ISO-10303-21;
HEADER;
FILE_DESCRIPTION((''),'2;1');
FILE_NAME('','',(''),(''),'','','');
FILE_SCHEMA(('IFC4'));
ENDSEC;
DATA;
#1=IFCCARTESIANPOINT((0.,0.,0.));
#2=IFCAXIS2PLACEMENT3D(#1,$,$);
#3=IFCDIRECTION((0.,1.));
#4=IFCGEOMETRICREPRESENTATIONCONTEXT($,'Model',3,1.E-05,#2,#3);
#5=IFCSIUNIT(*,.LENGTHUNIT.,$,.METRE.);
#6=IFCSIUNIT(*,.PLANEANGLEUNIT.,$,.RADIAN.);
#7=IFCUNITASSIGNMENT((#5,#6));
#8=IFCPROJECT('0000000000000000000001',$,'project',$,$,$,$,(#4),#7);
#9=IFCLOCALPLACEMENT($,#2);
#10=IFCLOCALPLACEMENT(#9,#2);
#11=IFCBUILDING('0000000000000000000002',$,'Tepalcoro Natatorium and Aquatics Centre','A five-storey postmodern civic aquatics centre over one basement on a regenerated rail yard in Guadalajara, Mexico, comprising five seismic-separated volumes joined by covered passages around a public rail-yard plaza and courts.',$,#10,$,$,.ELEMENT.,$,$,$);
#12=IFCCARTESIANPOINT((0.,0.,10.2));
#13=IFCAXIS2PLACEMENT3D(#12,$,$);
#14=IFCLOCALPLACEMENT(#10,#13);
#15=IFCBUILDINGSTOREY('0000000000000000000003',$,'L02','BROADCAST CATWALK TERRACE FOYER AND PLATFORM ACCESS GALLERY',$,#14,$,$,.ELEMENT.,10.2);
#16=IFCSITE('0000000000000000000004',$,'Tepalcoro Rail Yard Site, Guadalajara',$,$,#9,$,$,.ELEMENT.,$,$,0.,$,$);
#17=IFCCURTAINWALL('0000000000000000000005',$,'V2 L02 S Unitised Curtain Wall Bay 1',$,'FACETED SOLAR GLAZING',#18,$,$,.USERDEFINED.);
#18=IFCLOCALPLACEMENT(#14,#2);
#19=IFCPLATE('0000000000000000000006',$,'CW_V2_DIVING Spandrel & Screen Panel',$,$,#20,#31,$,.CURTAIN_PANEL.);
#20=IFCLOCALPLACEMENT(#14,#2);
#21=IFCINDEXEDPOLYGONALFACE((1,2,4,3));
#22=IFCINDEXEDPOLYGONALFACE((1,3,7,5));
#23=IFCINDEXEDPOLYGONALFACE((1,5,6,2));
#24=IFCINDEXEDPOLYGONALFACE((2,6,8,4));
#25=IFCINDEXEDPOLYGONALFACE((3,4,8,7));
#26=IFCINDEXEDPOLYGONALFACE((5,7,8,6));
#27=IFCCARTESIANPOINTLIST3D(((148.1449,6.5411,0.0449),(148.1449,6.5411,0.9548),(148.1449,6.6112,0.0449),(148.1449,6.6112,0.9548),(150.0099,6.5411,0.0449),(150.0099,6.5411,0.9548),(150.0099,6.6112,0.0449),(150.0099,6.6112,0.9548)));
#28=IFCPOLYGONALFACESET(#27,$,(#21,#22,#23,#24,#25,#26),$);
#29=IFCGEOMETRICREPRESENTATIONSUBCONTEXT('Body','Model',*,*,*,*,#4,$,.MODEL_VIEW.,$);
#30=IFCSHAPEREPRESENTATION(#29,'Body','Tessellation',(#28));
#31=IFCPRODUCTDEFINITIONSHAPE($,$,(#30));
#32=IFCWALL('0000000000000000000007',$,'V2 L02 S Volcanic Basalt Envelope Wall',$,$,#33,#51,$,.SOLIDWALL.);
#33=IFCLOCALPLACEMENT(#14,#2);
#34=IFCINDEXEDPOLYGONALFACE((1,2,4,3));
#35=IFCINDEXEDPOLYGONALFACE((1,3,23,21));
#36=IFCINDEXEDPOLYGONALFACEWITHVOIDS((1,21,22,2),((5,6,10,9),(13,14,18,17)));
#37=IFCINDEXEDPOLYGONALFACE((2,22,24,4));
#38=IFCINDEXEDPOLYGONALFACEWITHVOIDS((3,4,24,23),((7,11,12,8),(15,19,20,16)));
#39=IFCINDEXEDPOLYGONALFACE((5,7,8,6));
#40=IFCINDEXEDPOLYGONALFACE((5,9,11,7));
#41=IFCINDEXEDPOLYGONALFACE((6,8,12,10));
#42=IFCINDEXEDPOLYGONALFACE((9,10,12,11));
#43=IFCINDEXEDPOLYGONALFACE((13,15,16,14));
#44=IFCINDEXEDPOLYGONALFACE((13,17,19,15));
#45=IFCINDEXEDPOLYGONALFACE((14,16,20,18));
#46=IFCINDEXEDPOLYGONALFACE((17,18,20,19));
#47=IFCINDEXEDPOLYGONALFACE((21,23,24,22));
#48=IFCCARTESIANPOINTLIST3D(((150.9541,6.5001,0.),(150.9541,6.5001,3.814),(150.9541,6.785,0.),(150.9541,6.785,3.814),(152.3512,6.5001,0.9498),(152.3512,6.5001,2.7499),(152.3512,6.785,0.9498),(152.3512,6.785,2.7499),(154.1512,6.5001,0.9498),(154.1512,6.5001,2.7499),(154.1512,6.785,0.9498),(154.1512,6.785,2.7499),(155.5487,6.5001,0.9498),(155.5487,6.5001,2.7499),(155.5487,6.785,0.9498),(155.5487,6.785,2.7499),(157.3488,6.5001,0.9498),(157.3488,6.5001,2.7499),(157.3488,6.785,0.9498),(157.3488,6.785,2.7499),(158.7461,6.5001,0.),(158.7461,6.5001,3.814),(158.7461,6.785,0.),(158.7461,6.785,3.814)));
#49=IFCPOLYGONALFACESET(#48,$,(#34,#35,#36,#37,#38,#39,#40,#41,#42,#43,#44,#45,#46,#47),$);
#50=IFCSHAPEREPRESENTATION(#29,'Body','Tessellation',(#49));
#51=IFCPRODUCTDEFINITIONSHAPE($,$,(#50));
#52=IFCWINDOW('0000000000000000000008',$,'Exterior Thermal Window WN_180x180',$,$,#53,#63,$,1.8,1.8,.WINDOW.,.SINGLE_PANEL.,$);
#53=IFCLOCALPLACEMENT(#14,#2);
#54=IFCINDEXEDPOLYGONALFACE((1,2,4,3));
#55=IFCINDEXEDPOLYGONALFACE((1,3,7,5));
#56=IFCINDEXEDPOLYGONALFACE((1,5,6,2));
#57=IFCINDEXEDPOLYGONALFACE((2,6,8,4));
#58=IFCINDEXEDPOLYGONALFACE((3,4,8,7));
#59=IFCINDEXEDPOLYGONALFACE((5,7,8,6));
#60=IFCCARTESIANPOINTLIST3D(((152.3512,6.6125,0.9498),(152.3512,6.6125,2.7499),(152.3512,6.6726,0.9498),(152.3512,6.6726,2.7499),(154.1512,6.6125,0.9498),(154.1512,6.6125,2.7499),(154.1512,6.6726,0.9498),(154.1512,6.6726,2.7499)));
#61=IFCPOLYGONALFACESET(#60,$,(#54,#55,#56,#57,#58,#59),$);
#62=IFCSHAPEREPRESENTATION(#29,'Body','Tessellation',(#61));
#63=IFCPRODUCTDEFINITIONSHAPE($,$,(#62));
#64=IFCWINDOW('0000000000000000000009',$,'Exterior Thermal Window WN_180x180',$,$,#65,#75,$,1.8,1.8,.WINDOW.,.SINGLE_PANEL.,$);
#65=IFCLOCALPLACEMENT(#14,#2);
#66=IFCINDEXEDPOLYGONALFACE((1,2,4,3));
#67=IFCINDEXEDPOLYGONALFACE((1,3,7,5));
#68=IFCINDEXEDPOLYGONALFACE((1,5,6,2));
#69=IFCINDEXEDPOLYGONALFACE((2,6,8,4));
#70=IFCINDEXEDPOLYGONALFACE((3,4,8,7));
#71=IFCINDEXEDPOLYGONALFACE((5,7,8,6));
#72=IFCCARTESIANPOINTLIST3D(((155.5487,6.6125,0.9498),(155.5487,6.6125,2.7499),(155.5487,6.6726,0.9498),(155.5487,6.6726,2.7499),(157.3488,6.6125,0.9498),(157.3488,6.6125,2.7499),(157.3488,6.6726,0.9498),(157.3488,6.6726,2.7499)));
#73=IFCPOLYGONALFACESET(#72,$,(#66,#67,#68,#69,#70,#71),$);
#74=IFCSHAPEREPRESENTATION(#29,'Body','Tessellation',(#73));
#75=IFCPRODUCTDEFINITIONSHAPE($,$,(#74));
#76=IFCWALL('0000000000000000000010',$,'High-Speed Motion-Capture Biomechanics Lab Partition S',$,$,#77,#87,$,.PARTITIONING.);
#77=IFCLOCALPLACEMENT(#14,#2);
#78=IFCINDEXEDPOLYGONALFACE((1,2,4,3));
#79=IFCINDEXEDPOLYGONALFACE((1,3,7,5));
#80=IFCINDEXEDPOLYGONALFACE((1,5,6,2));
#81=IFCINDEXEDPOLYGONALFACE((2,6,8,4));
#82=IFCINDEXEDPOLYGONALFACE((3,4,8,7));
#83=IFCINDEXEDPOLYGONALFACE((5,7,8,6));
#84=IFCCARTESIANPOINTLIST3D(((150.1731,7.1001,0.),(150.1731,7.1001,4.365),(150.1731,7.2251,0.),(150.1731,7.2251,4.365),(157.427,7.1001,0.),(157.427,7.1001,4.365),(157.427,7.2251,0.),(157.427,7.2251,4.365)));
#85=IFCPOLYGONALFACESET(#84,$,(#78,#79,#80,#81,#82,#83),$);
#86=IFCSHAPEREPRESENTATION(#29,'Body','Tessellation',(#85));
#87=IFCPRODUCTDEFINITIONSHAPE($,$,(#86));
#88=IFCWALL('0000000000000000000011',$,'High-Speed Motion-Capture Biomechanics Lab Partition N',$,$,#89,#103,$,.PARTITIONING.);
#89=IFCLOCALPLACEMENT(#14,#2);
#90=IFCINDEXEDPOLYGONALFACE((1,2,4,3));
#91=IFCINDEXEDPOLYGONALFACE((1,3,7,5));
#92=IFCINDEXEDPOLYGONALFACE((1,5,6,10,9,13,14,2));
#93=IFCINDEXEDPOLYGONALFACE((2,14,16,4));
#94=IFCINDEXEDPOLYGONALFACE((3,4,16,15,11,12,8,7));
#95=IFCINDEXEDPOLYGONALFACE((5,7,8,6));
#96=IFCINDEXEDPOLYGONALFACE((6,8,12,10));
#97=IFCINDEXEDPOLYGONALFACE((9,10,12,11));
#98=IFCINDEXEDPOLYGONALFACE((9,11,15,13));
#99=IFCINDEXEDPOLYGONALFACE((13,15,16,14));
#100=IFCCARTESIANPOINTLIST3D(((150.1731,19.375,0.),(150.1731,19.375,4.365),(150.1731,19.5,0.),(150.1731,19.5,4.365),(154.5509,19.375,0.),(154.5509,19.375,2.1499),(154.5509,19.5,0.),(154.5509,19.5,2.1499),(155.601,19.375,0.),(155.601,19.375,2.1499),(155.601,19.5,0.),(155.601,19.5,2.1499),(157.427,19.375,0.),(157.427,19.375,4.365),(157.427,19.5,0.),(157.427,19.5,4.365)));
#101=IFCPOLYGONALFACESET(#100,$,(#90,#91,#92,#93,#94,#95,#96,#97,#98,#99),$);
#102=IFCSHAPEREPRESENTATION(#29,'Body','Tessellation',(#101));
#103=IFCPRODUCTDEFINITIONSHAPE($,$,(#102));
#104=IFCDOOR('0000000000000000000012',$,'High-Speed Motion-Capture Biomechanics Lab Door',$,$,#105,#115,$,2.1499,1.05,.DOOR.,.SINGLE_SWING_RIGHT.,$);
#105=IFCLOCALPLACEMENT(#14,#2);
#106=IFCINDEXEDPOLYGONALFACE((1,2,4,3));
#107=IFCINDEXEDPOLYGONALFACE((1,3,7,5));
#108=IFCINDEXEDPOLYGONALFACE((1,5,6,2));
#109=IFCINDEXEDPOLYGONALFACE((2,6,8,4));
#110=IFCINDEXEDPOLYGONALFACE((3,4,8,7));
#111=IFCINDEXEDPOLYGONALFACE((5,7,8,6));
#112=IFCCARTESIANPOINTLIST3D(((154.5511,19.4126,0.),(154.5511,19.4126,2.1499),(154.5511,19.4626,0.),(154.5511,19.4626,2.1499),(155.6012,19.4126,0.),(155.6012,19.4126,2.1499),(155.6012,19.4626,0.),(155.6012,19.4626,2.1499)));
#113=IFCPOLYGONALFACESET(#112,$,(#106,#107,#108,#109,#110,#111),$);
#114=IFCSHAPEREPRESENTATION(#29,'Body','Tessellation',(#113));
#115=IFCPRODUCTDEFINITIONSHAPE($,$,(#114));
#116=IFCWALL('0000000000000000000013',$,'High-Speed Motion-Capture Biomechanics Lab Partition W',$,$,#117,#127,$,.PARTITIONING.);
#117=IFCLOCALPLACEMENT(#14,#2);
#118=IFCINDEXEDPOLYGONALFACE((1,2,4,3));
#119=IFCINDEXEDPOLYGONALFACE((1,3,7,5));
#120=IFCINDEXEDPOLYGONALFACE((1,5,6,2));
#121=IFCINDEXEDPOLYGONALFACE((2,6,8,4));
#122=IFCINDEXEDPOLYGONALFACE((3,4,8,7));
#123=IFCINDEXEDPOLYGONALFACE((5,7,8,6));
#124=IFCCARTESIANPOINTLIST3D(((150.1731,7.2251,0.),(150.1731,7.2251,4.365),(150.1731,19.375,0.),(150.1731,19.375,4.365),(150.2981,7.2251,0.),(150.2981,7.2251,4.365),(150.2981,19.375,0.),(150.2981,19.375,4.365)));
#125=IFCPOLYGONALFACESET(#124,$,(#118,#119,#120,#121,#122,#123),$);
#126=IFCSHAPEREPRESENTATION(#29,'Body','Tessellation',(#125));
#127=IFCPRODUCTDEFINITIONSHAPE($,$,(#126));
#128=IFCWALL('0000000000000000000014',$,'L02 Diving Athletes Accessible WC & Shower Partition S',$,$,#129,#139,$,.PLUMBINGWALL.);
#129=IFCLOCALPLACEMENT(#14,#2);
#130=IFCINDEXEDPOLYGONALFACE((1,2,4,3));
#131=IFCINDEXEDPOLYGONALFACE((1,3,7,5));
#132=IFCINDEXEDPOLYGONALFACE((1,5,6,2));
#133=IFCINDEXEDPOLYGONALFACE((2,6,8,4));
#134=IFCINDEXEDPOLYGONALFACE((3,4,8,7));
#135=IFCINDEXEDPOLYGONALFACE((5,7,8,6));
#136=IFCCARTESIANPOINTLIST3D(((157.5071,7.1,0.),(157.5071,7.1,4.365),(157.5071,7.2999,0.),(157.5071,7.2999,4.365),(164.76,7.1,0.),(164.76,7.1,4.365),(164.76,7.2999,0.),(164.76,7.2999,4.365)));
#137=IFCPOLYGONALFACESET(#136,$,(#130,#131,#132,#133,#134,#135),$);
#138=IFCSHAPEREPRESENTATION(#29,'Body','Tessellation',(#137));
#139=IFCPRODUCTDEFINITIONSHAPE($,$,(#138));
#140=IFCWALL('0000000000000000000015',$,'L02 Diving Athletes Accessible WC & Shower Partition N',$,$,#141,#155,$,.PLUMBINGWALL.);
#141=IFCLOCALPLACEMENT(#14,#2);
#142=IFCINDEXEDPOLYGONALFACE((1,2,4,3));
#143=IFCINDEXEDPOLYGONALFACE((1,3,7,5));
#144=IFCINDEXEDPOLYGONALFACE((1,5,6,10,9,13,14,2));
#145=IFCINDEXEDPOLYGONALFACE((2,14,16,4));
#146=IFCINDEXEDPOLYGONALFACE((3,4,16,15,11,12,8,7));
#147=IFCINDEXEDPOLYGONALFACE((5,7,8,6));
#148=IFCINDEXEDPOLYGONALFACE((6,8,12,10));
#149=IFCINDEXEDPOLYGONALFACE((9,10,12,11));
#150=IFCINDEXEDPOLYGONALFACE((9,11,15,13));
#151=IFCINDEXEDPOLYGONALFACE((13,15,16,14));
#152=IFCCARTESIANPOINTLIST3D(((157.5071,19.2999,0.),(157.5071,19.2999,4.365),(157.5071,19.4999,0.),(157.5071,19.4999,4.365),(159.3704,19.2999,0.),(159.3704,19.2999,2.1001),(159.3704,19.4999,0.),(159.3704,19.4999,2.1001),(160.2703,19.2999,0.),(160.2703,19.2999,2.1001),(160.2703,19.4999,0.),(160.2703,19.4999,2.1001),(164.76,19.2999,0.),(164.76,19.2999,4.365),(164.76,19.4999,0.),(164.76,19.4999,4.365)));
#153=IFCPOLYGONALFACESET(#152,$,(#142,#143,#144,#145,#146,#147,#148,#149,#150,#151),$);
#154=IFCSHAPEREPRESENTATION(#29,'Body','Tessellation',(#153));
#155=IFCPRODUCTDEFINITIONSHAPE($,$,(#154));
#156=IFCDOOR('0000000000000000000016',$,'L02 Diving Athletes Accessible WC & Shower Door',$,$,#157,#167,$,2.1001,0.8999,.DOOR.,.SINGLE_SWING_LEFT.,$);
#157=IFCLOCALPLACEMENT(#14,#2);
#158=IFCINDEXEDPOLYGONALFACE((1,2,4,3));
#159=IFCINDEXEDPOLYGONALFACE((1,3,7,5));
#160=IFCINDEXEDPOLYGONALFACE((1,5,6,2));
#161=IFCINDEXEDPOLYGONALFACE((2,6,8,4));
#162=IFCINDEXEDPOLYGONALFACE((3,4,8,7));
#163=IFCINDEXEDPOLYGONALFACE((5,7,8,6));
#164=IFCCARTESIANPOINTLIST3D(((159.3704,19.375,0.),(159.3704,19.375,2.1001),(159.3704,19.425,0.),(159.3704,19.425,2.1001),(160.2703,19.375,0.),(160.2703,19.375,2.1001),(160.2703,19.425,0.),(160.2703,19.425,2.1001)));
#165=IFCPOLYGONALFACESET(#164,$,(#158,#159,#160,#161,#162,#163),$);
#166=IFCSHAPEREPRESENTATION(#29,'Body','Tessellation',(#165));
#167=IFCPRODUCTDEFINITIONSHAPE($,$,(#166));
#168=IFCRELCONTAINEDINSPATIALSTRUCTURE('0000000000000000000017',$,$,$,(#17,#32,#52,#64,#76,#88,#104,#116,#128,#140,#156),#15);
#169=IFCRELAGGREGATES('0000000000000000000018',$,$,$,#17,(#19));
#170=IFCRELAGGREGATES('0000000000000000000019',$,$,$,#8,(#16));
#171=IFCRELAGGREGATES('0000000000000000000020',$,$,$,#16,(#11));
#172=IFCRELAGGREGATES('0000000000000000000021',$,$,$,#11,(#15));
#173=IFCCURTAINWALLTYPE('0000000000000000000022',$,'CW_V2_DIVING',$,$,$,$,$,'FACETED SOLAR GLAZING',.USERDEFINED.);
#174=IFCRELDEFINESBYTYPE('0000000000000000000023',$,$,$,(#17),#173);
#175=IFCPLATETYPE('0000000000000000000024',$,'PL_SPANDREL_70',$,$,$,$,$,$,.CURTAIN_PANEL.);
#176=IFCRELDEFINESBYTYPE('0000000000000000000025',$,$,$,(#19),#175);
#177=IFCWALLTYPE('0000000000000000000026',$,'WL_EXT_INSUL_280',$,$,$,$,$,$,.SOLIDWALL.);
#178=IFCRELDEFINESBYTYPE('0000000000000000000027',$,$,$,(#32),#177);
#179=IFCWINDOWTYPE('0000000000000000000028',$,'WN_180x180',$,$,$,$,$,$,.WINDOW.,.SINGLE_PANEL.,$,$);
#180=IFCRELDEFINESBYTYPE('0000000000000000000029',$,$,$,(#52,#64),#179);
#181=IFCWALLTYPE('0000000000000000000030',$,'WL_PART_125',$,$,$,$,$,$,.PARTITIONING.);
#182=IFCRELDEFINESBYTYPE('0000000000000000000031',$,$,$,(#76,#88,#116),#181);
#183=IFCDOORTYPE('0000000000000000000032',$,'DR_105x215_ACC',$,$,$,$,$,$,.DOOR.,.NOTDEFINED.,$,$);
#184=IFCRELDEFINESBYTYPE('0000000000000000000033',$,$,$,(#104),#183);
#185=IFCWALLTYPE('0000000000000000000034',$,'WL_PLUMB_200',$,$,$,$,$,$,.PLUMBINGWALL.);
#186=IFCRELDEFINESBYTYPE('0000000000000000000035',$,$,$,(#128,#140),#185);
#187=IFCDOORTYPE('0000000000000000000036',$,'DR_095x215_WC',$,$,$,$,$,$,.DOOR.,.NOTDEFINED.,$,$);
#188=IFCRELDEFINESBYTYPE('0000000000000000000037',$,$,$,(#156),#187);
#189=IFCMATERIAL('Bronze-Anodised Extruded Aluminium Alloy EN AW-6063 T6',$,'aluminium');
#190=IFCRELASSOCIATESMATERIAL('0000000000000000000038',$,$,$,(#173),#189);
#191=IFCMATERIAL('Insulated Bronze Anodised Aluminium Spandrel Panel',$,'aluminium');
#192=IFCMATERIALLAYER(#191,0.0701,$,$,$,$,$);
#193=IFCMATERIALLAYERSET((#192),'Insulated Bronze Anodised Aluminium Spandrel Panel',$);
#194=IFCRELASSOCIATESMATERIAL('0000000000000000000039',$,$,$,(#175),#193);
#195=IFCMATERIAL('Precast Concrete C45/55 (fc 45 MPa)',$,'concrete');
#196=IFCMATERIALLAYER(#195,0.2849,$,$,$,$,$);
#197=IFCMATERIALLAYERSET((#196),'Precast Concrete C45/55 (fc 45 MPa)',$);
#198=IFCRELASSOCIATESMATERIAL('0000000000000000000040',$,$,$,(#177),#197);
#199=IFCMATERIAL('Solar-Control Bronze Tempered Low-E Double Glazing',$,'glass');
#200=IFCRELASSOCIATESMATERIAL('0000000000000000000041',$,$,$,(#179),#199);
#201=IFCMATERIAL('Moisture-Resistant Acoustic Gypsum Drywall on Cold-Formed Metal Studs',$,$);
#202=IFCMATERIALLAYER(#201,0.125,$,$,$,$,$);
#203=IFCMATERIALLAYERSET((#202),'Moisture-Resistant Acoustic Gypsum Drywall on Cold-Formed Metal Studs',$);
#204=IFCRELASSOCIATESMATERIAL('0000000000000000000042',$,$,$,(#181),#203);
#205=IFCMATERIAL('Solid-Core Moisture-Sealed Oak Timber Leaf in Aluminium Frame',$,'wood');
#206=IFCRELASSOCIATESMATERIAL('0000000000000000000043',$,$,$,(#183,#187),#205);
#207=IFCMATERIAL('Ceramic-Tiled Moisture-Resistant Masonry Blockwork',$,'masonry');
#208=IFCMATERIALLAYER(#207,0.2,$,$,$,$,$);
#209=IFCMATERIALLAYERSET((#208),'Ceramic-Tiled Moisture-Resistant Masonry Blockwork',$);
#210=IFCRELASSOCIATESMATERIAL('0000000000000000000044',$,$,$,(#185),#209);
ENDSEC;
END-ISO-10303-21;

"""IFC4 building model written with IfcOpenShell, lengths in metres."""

from ifc_helpers import new_model, si_unit, direction, frame, frame_2d, origin, origin_2d, place, context, subcontext, project, spatial, rectangle, extrude, material, layer, layer_set, type_object, element, fill, aggregate, save


model = new_model("IFC4")

# Units and contexts
model_context = context("Model", 3, precision=1e-05, world=origin(), true_north=direction((0.0, 1.0)))
body_context = subcontext(model_context, "Body", "Model", "MODEL_VIEW")
ifc_project = project(units=[si_unit("LENGTHUNIT", "METRE"), si_unit("PLANEANGLEUNIT", "RADIAN")], contexts=[model_context])

# Site, building, storey
site_placement = place(None, origin())
site = spatial("IfcSite", under=ifc_project, at=site_placement, Name="Tepalcoro Rail Yard Site, Guadalajara", CompositionType="ELEMENT", RefElevation=0.0)
building_placement = place(site_placement, origin())
building = spatial("IfcBuilding", under=site, at=building_placement, Name="Tepalcoro Natatorium and Aquatics Centre", Description="A five-storey postmodern civic aquatics centre over one basement on a regenerated rail yard in Guadalajara, Mexico, comprising five seismic-separated volumes joined by covered passages around a public rail-yard plaza and courts.", CompositionType="ELEMENT")
storey_placement = place(building_placement, frame((0.0, 0.0, 10.2)))
storey = spatial("IfcBuildingStorey", under=building, at=storey_placement, Name="L02", Description="BROADCAST CATWALK TERRACE FOYER AND PLATFORM ACCESS GALLERY", CompositionType="ELEMENT", Elevation=10.2)

# Curtain wall
ifc_material_1 = material(Name="Bronze-Anodised Extruded Aluminium Alloy EN AW-6063 T6", Category="aluminium")
curtain_wall_type = type_object("IfcCurtainWallType", Name="CW_V2_DIVING", ElementType="FACETED SOLAR GLAZING", PredefinedType="USERDEFINED", material=ifc_material_1)
curtain_wall_placement = place(storey_placement, origin())
curtain_wall = element("IfcCurtainWall", 1, at=curtain_wall_placement, inside=storey, type_object=curtain_wall_type, Name="V2 L02 S Unitised Curtain Wall Bay 1", ObjectType="FACETED SOLAR GLAZING", PredefinedType="USERDEFINED")

# Plate
ifc_material_2 = material(Name="Insulated Bronze Anodised Aluminium Spandrel Panel", Category="aluminium")
ifc_layer_1 = layer(ifc_material_2, 0.0701)
ifc_layer_set_1 = layer_set([ifc_layer_1], Name="Insulated Bronze Anodised Aluminium Spandrel Panel")
plate_type_1 = type_object("IfcPlateType", Name="PL_SPANDREL_70", PredefinedType="CURTAIN_PANEL", material=ifc_layer_set_1)
plate_1_placement = place(storey_placement, frame((149.0774, 6.5762, 0.0449), z_axis=(0.0, 0.0, 1.0), x_axis=(1.0, 0.0, 0.0)))
plate_1 = element("IfcPlate", 2, at=plate_1_placement, type_object=plate_type_1, Name="CW_V2_DIVING Spandrel & Screen Panel", PredefinedType="CURTAIN_PANEL", context=body_context, shape_type="SweptSolid", body=[
    extrude(rectangle(XDim=1.865, YDim=0.0701, at=origin_2d()), origin(), (0.0, 0.0, 1.0), 0.9099),
])
aggregate(curtain_wall, [plate_1])

# Wall, openings, windows
ifc_material_3 = material(Name="Precast Concrete C45/55 (fc 45 MPa)", Category="concrete")
ifc_layer_2 = layer(ifc_material_3, 0.2849)
ifc_layer_set_2 = layer_set([ifc_layer_2], Name="Precast Concrete C45/55 (fc 45 MPa)")
wall_type_1 = type_object("IfcWallType", Name="WL_EXT_INSUL_280", PredefinedType="SOLIDWALL", material=ifc_layer_set_2)
wall_1_placement = place(storey_placement, frame((150.9541, 6.6426, 0.0), z_axis=(0.0, 0.0, 1.0), x_axis=(1.0, 0.0, 0.0)))
wall_1 = element("IfcWall", 3, at=wall_1_placement, inside=storey, type_object=wall_type_1, Name="V2 L02 S Volcanic Basalt Envelope Wall", PredefinedType="SOLIDWALL", context=body_context, shape_type="SweptSolid", body=[
    extrude(rectangle(XDim=7.792, YDim=0.2849, at=frame_2d((3.896, 0.0))), origin(), (0.0, 0.0, 1.0), 3.814),
])
opening_1_placement = place(wall_1_placement, frame((1.3972, 0.0, 0.95)))
opening_1 = element("IfcOpeningElement", 4, at=opening_1_placement, cuts=wall_1, PredefinedType="OPENING", context=body_context, shape_type="SweptSolid", body=[
    extrude(rectangle(XDim=1.8, YDim=1.8, at=frame_2d((0.8999, 0.8999))), frame((0.0, 0.1543, 0.0), z_axis=(0.0, -1.0, 0.0), x_axis=(1.0, 0.0, 0.0)), (0.0, 0.0, 1.0), 0.3088),
])
opening_2_placement = place(wall_1_placement, frame((4.5947, 0.0, 0.95)))
opening_2 = element("IfcOpeningElement", 5, at=opening_2_placement, cuts=wall_1, PredefinedType="OPENING", context=body_context, shape_type="SweptSolid", body=[
    extrude(rectangle(XDim=1.8, YDim=1.8, at=frame_2d((0.8999, 0.8999))), frame((0.0, 0.1543, 0.0), z_axis=(0.0, -1.0, 0.0), x_axis=(1.0, 0.0, 0.0)), (0.0, 0.0, 1.0), 0.3088),
])
ifc_material_4 = material(Name="Solar-Control Bronze Tempered Low-E Double Glazing", Category="glass")
window_type = type_object("IfcWindowType", Name="WN_180x180", PartitioningType="SINGLE_PANEL", PredefinedType="WINDOW", material=ifc_material_4)
window_1_placement = place(opening_1_placement, origin())
window_1 = element("IfcWindow", 6, at=window_1_placement, inside=storey, type_object=window_type, Name="Exterior Thermal Window WN_180x180", OverallHeight=1.8, OverallWidth=1.8, PartitioningType="SINGLE_PANEL", PredefinedType="WINDOW", context=body_context, shape_type="SweptSolid", body=[
    extrude(rectangle(XDim=1.8, YDim=1.8, at=frame_2d((0.8999, 0.8999))), frame((0.0, 0.03, 0.0), z_axis=(0.0, -1.0, 0.0), x_axis=(1.0, 0.0, 0.0)), (0.0, 0.0, 1.0), 0.0601),
])
fill(opening_1, window_1)
window_2_placement = place(opening_2_placement, origin())
window_2 = element("IfcWindow", 7, at=window_2_placement, inside=storey, type_object=window_type, Name="Exterior Thermal Window WN_180x180", OverallHeight=1.8, OverallWidth=1.8, PartitioningType="SINGLE_PANEL", PredefinedType="WINDOW", context=body_context, shape_type="SweptSolid", body=[
    extrude(rectangle(XDim=1.8, YDim=1.8, at=frame_2d((0.8999, 0.8999))), frame((0.0, 0.03, 0.0), z_axis=(0.0, -1.0, 0.0), x_axis=(1.0, 0.0, 0.0)), (0.0, 0.0, 1.0), 0.0601),
])
fill(opening_2, window_2)

# Wall
ifc_material_5 = material(Name="Moisture-Resistant Acoustic Gypsum Drywall on Cold-Formed Metal Studs")
ifc_layer_3 = layer(ifc_material_5, 0.125)
ifc_layer_set_3 = layer_set([ifc_layer_3], Name="Moisture-Resistant Acoustic Gypsum Drywall on Cold-Formed Metal Studs")
wall_type_2 = type_object("IfcWallType", Name="WL_PART_125", PredefinedType="PARTITIONING", material=ifc_layer_set_3)
wall_2_placement = place(storey_placement, frame((150.1731, 7.1626, 0.0), z_axis=(0.0, 0.0, 1.0), x_axis=(1.0, 0.0, 0.0)))
element("IfcWall", 8, at=wall_2_placement, inside=storey, type_object=wall_type_2, Name="High-Speed Motion-Capture Biomechanics Lab Partition S", PredefinedType="PARTITIONING", context=body_context, shape_type="SweptSolid", body=[
    extrude(rectangle(XDim=7.2539, YDim=0.125, at=frame_2d((3.627, 0.0))), origin(), (0.0, 0.0, 1.0), 4.365),
])

# Wall, opening, door
wall_3_placement = place(storey_placement, frame((150.1731, 19.4375, 0.0), z_axis=(0.0, 0.0, 1.0), x_axis=(1.0, 0.0, 0.0)))
wall_3 = element("IfcWall", 9, at=wall_3_placement, inside=storey, type_object=wall_type_2, Name="High-Speed Motion-Capture Biomechanics Lab Partition N", PredefinedType="PARTITIONING", context=body_context, shape_type="SweptSolid", body=[
    extrude(rectangle(XDim=7.2539, YDim=0.125, at=frame_2d((3.627, 0.0))), origin(), (0.0, 0.0, 1.0), 4.365),
])
opening_3_placement = place(wall_3_placement, frame((4.3779, 0.0, 0.0)))
opening_3 = element("IfcOpeningElement", 10, at=opening_3_placement, cuts=wall_3, PredefinedType="OPENING", context=body_context, shape_type="SweptSolid", body=[
    extrude(rectangle(XDim=1.05, YDim=2.1499, at=frame_2d((0.5249, 1.075))), frame((0.0, 0.0745, 0.0), z_axis=(0.0, -1.0, 0.0), x_axis=(1.0, 0.0, 0.0)), (0.0, 0.0, 1.0), 0.1489),
])
ifc_material_6 = material(Name="Solid-Core Moisture-Sealed Oak Timber Leaf in Aluminium Frame", Category="wood")
door_type_1 = type_object("IfcDoorType", Name="DR_105x215_ACC", OperationType="NOTDEFINED", PredefinedType="DOOR", material=ifc_material_6)
door_1_placement = place(opening_3_placement, frame((1.05, 0.0, 0.0), z_axis=(0.0, 0.0, 1.0), x_axis=(-1.0, 0.0, 0.0)))
door_1 = element("IfcDoor", 11, at=door_1_placement, inside=storey, type_object=door_type_1, Name="High-Speed Motion-Capture Biomechanics Lab Door", OperationType="SINGLE_SWING_RIGHT", OverallHeight=2.1499, OverallWidth=1.05, PredefinedType="DOOR", context=body_context, shape_type="SweptSolid", body=[
    extrude(rectangle(XDim=1.05, YDim=2.1499, at=frame_2d((0.5249, 1.075))), frame((0.0, 0.0249, 0.0), z_axis=(0.0, -1.0, 0.0), x_axis=(1.0, 0.0, 0.0)), (0.0, 0.0, 1.0), 0.05),
])
fill(opening_3, door_1)

# Walls
wall_4_placement = place(storey_placement, frame((150.2356, 7.2251, 0.0), z_axis=(0.0, 0.0, 1.0), x_axis=(0.0, 1.0, 0.0)))
element("IfcWall", 12, at=wall_4_placement, inside=storey, type_object=wall_type_2, Name="High-Speed Motion-Capture Biomechanics Lab Partition W", PredefinedType="PARTITIONING", context=body_context, shape_type="SweptSolid", body=[
    extrude(rectangle(XDim=12.1499, YDim=0.125, at=frame_2d((6.075, 0.0))), origin(), (0.0, 0.0, 1.0), 4.365),
])
ifc_material_7 = material(Name="Ceramic-Tiled Moisture-Resistant Masonry Blockwork", Category="masonry")
ifc_layer_4 = layer(ifc_material_7, 0.2)
ifc_layer_set_4 = layer_set([ifc_layer_4], Name="Ceramic-Tiled Moisture-Resistant Masonry Blockwork")
wall_type_3 = type_object("IfcWallType", Name="WL_PLUMB_200", PredefinedType="PLUMBINGWALL", material=ifc_layer_set_4)
wall_5_placement = place(storey_placement, frame((157.5071, 7.2, 0.0), z_axis=(0.0, 0.0, 1.0), x_axis=(1.0, 0.0, 0.0)))
element("IfcWall", 13, at=wall_5_placement, inside=storey, type_object=wall_type_3, Name="L02 Diving Athletes Accessible WC & Shower Partition S", PredefinedType="PLUMBINGWALL", context=body_context, shape_type="SweptSolid", body=[
    extrude(rectangle(XDim=7.2529, YDim=0.2, at=frame_2d((3.6265, 0.0))), origin(), (0.0, 0.0, 1.0), 4.365),
])

# Wall, opening, door
wall_6_placement = place(storey_placement, frame((157.5071, 19.3999, 0.0), z_axis=(0.0, 0.0, 1.0), x_axis=(1.0, 0.0, 0.0)))
wall_6 = element("IfcWall", 14, at=wall_6_placement, inside=storey, type_object=wall_type_3, Name="L02 Diving Athletes Accessible WC & Shower Partition N", PredefinedType="PLUMBINGWALL", context=body_context, shape_type="SweptSolid", body=[
    extrude(rectangle(XDim=7.2529, YDim=0.2, at=frame_2d((3.6265, 0.0))), origin(), (0.0, 0.0, 1.0), 4.365),
])
opening_4_placement = place(wall_6_placement, frame((1.8633, 0.0, 0.0)))
opening_4 = element("IfcOpeningElement", 15, at=opening_4_placement, cuts=wall_6, PredefinedType="OPENING", context=body_context, shape_type="SweptSolid", body=[
    extrude(rectangle(XDim=0.8999, YDim=2.1001, at=frame_2d((0.45, 1.05))), frame((0.0, 0.1118, 0.0), z_axis=(0.0, -1.0, 0.0), x_axis=(1.0, 0.0, 0.0)), (0.0, 0.0, 1.0), 0.2239),
])
door_type_2 = type_object("IfcDoorType", Name="DR_095x215_WC", OperationType="NOTDEFINED", PredefinedType="DOOR", material=ifc_material_6)
door_2_placement = place(opening_4_placement, frame((0.8999, 0.0, 0.0), z_axis=(0.0, 0.0, 1.0), x_axis=(-1.0, 0.0, 0.0)))
door_2 = element("IfcDoor", 16, at=door_2_placement, inside=storey, type_object=door_type_2, Name="L02 Diving Athletes Accessible WC & Shower Door", OperationType="SINGLE_SWING_LEFT", OverallHeight=2.1001, OverallWidth=0.8999, PredefinedType="DOOR", context=body_context, shape_type="SweptSolid", body=[
    extrude(rectangle(XDim=0.8999, YDim=2.1001, at=frame_2d((0.45, 1.05))), frame((0.0, 0.0249, 0.0), z_axis=(0.0, -1.0, 0.0), x_axis=(1.0, 0.0, 0.0)), (0.0, 0.0, 1.0), 0.05),
])
fill(opening_4, door_2)

save(model, "model.ifc")
